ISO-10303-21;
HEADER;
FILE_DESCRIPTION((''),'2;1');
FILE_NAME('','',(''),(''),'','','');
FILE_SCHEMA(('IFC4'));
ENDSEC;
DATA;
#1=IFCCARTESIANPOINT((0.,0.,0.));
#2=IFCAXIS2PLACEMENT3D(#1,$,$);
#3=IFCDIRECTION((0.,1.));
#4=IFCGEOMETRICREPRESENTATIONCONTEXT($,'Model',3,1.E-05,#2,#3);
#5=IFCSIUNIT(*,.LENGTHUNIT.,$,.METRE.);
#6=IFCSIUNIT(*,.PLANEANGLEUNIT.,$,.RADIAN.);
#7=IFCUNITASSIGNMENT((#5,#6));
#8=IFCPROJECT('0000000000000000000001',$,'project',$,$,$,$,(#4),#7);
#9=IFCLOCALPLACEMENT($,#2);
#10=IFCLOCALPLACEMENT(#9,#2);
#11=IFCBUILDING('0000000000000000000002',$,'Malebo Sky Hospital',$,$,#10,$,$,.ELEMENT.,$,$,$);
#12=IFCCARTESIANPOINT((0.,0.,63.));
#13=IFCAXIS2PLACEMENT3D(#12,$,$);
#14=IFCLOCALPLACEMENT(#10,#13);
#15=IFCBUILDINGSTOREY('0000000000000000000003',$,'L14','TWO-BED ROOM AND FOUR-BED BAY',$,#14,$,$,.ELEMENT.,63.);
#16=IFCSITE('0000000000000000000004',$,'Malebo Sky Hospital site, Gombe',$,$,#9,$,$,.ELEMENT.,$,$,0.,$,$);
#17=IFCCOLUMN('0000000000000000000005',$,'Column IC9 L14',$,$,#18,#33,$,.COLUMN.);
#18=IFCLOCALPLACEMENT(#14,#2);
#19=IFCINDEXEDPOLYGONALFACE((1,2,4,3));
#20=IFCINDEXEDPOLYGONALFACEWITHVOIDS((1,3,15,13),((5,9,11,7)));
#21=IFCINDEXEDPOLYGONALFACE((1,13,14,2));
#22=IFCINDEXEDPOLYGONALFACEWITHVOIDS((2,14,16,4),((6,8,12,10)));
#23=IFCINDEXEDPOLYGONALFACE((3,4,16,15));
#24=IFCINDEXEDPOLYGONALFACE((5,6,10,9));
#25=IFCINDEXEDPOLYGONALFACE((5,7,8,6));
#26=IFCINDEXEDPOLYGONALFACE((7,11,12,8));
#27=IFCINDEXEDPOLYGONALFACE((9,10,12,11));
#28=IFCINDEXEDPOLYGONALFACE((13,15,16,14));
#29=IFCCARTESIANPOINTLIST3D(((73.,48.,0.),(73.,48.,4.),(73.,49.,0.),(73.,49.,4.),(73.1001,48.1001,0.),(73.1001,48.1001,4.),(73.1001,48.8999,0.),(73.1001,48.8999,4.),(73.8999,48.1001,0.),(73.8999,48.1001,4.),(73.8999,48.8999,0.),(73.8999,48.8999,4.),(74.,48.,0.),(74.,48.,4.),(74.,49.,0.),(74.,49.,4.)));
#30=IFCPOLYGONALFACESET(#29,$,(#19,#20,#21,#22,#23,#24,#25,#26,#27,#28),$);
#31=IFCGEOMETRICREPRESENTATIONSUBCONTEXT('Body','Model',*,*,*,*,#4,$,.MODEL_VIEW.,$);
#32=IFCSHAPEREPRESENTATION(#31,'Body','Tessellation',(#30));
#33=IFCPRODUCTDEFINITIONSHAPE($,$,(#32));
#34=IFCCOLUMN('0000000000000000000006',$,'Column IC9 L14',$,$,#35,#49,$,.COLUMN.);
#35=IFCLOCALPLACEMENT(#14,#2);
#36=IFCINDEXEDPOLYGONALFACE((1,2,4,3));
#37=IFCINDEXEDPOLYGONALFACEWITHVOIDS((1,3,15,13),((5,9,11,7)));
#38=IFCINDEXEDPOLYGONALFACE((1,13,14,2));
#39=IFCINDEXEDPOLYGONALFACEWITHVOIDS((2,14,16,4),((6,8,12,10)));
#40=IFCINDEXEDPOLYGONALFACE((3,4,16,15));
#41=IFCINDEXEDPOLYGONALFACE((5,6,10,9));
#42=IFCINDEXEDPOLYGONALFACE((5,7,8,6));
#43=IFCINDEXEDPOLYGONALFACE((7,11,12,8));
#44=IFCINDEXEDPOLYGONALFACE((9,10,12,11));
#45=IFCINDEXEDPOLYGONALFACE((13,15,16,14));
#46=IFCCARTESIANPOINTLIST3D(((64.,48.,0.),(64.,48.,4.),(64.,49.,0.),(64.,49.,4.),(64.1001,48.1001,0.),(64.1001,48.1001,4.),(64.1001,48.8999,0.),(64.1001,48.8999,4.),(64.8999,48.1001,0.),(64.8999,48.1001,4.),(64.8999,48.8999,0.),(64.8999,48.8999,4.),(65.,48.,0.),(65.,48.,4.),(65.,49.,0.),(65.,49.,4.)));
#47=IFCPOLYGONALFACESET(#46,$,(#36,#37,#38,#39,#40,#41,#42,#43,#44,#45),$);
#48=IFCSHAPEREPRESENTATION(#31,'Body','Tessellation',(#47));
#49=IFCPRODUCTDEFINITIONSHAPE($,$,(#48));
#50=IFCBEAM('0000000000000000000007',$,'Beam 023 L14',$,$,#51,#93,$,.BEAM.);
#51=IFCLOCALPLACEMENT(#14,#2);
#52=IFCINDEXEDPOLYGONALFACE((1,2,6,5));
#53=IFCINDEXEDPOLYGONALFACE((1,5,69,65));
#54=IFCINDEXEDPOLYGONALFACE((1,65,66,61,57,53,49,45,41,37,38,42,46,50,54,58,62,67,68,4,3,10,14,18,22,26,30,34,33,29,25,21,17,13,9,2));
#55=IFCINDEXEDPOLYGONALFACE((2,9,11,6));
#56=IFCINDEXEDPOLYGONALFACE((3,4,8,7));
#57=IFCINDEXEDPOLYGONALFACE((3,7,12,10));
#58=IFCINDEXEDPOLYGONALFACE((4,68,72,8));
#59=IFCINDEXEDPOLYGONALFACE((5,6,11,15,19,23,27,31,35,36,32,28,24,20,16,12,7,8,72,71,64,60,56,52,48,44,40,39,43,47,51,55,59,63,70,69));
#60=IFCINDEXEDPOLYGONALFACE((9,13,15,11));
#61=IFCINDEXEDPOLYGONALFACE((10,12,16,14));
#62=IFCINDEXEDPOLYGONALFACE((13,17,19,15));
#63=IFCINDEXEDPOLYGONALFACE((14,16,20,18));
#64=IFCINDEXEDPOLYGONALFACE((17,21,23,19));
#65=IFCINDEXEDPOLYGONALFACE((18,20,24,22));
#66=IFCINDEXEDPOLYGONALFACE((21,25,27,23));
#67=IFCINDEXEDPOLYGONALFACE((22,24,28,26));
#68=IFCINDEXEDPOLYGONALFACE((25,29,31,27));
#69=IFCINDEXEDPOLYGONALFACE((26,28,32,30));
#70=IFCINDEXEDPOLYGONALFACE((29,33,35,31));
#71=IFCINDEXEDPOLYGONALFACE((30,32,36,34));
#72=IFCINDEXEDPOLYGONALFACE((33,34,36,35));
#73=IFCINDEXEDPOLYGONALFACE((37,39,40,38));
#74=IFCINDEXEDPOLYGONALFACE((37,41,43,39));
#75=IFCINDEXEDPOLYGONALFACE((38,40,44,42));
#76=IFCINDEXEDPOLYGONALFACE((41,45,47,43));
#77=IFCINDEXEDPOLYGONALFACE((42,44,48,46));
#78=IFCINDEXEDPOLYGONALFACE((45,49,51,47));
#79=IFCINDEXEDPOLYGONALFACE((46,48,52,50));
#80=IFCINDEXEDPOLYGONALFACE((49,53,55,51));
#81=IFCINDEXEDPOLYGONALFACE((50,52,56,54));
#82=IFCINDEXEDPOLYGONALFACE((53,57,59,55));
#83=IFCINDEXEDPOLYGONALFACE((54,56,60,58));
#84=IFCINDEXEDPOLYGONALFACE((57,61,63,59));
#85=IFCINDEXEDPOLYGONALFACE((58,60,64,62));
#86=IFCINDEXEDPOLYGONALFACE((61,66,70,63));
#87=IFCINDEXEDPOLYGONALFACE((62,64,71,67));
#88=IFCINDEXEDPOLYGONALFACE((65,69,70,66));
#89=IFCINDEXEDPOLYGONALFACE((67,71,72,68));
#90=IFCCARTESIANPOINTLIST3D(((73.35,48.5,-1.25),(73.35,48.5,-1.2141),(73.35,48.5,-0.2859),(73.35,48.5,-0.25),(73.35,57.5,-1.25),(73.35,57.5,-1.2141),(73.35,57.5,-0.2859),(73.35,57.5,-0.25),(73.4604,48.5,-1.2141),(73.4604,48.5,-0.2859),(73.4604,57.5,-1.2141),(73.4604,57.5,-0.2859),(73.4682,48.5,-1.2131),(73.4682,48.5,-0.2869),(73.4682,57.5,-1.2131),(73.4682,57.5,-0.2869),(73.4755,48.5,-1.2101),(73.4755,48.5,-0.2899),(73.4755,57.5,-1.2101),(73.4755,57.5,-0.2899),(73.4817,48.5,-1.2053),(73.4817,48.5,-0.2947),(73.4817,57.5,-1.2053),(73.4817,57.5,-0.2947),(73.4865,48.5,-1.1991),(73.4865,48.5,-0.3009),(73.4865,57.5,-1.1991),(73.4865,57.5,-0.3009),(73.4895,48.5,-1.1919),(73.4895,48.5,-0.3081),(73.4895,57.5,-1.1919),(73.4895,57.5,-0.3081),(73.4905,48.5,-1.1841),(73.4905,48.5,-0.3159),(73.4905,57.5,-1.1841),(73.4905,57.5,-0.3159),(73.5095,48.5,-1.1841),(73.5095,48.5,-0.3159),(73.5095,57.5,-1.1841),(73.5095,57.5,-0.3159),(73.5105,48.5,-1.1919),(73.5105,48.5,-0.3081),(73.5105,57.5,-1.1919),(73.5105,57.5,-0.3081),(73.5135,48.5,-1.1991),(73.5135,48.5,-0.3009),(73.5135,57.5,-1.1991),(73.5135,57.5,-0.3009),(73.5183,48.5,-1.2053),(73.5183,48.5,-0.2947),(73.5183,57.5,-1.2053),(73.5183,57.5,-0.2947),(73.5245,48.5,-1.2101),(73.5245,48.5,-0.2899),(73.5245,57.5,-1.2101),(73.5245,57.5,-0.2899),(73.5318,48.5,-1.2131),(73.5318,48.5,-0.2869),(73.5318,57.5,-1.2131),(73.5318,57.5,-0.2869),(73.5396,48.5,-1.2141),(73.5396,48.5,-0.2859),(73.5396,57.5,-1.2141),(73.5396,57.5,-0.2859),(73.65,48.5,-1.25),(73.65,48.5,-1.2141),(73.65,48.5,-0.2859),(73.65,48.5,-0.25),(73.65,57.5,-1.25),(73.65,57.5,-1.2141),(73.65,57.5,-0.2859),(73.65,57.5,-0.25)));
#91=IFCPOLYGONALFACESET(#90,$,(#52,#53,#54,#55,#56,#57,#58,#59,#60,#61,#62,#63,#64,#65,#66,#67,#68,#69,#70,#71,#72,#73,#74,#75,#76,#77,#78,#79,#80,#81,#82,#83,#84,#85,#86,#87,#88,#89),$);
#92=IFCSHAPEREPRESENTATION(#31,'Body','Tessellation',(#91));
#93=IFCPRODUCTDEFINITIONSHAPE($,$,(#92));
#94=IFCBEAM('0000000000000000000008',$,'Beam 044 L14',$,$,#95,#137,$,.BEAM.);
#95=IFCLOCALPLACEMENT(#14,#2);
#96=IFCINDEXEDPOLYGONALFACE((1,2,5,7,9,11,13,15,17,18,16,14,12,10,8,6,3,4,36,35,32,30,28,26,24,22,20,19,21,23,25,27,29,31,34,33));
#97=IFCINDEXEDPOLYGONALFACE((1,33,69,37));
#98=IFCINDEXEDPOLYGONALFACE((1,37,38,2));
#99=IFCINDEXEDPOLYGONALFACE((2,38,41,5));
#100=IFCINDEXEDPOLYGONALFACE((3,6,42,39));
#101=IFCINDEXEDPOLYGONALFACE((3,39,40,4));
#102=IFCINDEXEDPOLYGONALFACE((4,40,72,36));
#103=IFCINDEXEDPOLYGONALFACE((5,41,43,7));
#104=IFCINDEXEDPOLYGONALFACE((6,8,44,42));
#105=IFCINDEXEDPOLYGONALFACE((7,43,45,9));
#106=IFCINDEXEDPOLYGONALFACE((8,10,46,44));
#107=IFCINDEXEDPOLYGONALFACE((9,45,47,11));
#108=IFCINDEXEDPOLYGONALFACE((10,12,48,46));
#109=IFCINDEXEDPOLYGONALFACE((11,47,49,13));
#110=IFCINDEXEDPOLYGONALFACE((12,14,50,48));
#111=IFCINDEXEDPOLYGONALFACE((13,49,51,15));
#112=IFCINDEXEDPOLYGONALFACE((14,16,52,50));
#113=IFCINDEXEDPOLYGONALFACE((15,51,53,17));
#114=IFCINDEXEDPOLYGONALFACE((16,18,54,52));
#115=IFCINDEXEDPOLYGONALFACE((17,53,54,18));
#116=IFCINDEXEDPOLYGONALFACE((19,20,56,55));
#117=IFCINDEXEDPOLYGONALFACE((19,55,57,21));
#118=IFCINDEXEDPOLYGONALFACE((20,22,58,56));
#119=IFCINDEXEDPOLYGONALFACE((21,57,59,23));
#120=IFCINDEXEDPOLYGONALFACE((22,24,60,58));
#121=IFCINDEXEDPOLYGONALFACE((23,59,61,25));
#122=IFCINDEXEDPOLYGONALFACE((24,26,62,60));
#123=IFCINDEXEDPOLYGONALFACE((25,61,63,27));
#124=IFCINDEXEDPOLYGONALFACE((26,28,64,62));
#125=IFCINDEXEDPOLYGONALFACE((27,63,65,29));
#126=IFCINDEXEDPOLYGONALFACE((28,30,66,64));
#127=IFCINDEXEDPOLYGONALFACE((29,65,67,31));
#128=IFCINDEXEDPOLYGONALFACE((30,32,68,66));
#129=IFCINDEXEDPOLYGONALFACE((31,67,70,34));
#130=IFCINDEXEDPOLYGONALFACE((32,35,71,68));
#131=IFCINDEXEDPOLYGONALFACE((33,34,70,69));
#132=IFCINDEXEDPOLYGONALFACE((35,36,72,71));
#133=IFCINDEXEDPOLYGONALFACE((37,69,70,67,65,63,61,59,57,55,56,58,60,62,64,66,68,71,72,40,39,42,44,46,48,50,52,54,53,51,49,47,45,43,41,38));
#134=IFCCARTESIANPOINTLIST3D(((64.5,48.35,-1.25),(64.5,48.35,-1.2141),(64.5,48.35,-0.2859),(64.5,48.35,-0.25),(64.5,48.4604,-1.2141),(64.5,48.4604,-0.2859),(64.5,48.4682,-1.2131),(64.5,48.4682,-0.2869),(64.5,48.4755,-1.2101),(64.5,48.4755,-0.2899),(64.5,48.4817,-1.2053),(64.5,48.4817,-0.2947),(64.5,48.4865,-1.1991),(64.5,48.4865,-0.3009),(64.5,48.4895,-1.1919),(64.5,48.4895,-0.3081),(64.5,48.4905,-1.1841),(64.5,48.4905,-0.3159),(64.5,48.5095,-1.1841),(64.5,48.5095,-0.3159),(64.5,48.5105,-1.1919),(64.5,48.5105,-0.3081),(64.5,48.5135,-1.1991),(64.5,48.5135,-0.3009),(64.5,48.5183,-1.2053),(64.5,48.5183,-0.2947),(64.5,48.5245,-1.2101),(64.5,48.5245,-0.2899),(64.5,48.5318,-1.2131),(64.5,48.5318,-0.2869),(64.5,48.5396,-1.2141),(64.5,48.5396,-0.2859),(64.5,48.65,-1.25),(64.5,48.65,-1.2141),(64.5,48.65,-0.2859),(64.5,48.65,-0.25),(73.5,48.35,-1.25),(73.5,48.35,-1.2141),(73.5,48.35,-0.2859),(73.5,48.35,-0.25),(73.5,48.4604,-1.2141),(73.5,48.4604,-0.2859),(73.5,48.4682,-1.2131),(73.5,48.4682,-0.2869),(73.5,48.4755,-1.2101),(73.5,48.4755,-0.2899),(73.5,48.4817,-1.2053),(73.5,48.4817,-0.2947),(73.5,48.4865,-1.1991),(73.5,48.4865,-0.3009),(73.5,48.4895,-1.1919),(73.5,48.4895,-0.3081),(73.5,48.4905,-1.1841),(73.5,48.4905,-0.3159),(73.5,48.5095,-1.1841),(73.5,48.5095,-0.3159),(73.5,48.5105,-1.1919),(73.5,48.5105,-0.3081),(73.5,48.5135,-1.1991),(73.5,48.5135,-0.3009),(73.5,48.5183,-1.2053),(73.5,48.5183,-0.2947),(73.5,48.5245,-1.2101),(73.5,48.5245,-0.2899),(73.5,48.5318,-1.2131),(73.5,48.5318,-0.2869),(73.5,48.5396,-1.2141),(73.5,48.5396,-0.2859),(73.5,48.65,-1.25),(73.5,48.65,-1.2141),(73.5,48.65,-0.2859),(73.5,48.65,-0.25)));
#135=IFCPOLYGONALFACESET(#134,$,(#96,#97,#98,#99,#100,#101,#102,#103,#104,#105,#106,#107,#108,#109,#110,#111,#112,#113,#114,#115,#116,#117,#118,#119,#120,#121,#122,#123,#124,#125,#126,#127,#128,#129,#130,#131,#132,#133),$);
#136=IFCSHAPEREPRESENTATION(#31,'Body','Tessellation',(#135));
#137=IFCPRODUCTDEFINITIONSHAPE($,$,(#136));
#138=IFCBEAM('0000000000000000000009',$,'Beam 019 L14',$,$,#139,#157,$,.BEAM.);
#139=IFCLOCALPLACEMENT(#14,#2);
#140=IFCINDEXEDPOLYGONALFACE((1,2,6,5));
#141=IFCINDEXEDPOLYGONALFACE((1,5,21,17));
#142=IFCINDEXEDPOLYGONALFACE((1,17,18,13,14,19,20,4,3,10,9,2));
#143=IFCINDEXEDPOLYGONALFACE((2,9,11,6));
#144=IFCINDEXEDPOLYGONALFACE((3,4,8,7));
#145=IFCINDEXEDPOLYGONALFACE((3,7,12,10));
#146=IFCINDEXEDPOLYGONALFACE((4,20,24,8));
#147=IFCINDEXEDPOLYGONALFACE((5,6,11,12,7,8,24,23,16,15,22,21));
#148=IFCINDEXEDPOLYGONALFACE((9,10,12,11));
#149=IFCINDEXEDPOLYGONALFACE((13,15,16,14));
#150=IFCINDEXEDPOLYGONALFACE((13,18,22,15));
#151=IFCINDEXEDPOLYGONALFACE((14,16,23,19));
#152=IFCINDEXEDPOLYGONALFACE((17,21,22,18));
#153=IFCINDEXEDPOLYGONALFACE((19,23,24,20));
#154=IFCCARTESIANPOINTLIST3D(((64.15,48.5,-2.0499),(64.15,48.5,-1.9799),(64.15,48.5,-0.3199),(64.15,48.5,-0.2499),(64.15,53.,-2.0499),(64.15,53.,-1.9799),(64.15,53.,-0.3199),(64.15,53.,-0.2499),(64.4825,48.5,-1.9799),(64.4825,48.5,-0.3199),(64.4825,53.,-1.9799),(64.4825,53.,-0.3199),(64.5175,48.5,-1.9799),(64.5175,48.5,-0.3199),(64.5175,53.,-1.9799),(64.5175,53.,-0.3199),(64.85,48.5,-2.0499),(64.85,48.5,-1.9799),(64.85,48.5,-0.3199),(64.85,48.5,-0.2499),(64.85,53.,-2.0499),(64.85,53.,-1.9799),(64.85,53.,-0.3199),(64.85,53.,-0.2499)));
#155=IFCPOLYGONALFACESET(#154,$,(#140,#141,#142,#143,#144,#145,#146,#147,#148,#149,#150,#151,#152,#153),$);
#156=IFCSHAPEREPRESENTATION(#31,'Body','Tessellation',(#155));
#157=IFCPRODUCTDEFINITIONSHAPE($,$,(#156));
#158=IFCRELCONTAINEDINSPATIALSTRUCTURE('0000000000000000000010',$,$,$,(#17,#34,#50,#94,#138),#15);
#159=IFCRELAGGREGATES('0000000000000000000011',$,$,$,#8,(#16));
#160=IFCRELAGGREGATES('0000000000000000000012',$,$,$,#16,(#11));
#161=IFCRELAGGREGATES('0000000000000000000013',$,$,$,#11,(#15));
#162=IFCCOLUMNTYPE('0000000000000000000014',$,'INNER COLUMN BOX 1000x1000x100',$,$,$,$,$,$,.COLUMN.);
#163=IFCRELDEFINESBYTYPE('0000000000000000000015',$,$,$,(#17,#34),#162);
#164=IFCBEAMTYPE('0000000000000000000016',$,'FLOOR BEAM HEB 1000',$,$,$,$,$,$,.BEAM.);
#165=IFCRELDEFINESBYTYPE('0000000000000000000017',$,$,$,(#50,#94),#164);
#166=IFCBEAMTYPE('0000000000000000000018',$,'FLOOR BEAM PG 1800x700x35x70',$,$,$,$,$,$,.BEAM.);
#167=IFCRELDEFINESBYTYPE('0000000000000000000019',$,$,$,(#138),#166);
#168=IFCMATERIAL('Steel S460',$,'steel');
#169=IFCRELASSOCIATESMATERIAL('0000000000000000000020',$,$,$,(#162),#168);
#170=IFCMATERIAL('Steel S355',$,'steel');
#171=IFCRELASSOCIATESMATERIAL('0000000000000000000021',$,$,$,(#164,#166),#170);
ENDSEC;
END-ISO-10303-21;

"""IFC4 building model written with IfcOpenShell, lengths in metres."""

from ifc_helpers import new_model, si_unit, direction, frame, origin, origin_2d, place, context, subcontext, project, spatial, hollow_rectangle, i_section, extrude, material, material_profile, profile_set, type_object, element, save


model = new_model("IFC4")

# Units and contexts
model_context = context("Model", 3, precision=1e-05, world=origin(), true_north=direction((0.0, 1.0)))
body_context = subcontext(model_context, "Body", "Model", "MODEL_VIEW")
ifc_project = project(units=[si_unit("LENGTHUNIT", "METRE"), si_unit("PLANEANGLEUNIT", "RADIAN")], contexts=[model_context])

# Site, building, storey
site_placement = place(None, origin())
site = spatial("IfcSite", under=ifc_project, at=site_placement, Name="Malebo Sky Hospital site, Gombe", CompositionType="ELEMENT", RefElevation=0.0)
building_placement = place(site_placement, origin())
building = spatial("IfcBuilding", under=site, at=building_placement, Name="Malebo Sky Hospital", CompositionType="ELEMENT")
storey_placement = place(building_placement, frame((0.0, 0.0, 63.0)))
storey = spatial("IfcBuildingStorey", under=building, at=storey_placement, Name="L14", Description="TWO-BED ROOM AND FOUR-BED BAY", CompositionType="ELEMENT", Elevation=63.0)

# Columns
ifc_material_1 = material(Name="Steel S460", Category="steel")
ifc_material_profile_1 = material_profile(ifc_material_1, hollow_rectangle(XDim=1.0, YDim=1.0, WallThickness=0.1001, at=origin_2d()), Name="BOX 1000x1000x100")
ifc_profile_set_1 = profile_set([ifc_material_profile_1], Name="Steel S460")
column_type = type_object("IfcColumnType", Name="INNER COLUMN BOX 1000x1000x100", PredefinedType="COLUMN", material=ifc_profile_set_1)
for number, where, z_axis, x_axis, name in (
    (1, (73.5, 48.5, 0.0), (0.0, 0.0, 1.0), (1.0, 0.0, 0.0), "Column IC9 L14"),
    (2, (64.5, 48.5, 0.0), (0.0, 0.0, 1.0), (1.0, 0.0, 0.0), "Column IC9 L14"),
):
    element("IfcColumn", number, at=place(storey_placement, frame(where, z_axis=z_axis, x_axis=x_axis)), inside=storey, type_object=column_type, Name=name, PredefinedType="COLUMN", context=body_context, shape_type="SweptSolid", body=[
        extrude(hollow_rectangle(XDim=1.0, YDim=1.0, WallThickness=0.1001, at=origin_2d()), origin(), (0.0, 0.0, 1.0), 4.0),
    ])

# Beams
ifc_material_2 = material(Name="Steel S355", Category="steel")
ifc_material_profile_2 = material_profile(ifc_material_2, i_section(OverallWidth=0.3, OverallDepth=1.0, WebThickness=0.019, FlangeThickness=0.0359, FilletRadius=0.03, at=origin_2d()), Name="HEB 1000")
ifc_profile_set_2 = profile_set([ifc_material_profile_2], Name="Steel S355")
beam_type_1 = type_object("IfcBeamType", Name="FLOOR BEAM HEB 1000", PredefinedType="BEAM", material=ifc_profile_set_2)
for number, where, z_axis, x_axis, name in (
    (3, (73.5, 48.5, -0.75), (0.0, 1.0, 0.0), (-1.0, 0.0, 0.0), "Beam 023 L14"),
    (4, (64.5, 48.5, -0.75), (1.0, 0.0, 0.0), (0.0, 1.0, 0.0), "Beam 044 L14"),
):
    element("IfcBeam", number, at=place(storey_placement, frame(where, z_axis=z_axis, x_axis=x_axis)), inside=storey, type_object=beam_type_1, Name=name, PredefinedType="BEAM", context=body_context, shape_type="SweptSolid", body=[
        extrude(i_section(OverallWidth=0.3, OverallDepth=1.0, WebThickness=0.019, FlangeThickness=0.0359, FilletRadius=0.03, at=origin_2d()), origin(), (0.0, 0.0, 1.0), 9.0),
    ])
ifc_material_profile_3 = material_profile(ifc_material_2, i_section(OverallWidth=0.7, OverallDepth=1.8, WebThickness=0.0349, FlangeThickness=0.0701, at=origin_2d()), Name="PG 1800x700x35x70")
ifc_profile_set_3 = profile_set([ifc_material_profile_3], Name="Steel S355")
beam_type_2 = type_object("IfcBeamType", Name="FLOOR BEAM PG 1800x700x35x70", PredefinedType="BEAM", material=ifc_profile_set_3)
beam_1_placement = place(storey_placement, frame((64.5, 48.5, -1.1499), z_axis=(0.0, 1.0, 0.0), x_axis=(-1.0, 0.0, 0.0)))
element("IfcBeam", 5, at=beam_1_placement, inside=storey, type_object=beam_type_2, Name="Beam 019 L14", PredefinedType="BEAM", context=body_context, shape_type="SweptSolid", body=[
    extrude(i_section(OverallWidth=0.7, OverallDepth=1.8, WebThickness=0.0349, FlangeThickness=0.0701, at=origin_2d()), origin(), (0.0, 0.0, 1.0), 4.5),
])

save(model, "model.ifc")
